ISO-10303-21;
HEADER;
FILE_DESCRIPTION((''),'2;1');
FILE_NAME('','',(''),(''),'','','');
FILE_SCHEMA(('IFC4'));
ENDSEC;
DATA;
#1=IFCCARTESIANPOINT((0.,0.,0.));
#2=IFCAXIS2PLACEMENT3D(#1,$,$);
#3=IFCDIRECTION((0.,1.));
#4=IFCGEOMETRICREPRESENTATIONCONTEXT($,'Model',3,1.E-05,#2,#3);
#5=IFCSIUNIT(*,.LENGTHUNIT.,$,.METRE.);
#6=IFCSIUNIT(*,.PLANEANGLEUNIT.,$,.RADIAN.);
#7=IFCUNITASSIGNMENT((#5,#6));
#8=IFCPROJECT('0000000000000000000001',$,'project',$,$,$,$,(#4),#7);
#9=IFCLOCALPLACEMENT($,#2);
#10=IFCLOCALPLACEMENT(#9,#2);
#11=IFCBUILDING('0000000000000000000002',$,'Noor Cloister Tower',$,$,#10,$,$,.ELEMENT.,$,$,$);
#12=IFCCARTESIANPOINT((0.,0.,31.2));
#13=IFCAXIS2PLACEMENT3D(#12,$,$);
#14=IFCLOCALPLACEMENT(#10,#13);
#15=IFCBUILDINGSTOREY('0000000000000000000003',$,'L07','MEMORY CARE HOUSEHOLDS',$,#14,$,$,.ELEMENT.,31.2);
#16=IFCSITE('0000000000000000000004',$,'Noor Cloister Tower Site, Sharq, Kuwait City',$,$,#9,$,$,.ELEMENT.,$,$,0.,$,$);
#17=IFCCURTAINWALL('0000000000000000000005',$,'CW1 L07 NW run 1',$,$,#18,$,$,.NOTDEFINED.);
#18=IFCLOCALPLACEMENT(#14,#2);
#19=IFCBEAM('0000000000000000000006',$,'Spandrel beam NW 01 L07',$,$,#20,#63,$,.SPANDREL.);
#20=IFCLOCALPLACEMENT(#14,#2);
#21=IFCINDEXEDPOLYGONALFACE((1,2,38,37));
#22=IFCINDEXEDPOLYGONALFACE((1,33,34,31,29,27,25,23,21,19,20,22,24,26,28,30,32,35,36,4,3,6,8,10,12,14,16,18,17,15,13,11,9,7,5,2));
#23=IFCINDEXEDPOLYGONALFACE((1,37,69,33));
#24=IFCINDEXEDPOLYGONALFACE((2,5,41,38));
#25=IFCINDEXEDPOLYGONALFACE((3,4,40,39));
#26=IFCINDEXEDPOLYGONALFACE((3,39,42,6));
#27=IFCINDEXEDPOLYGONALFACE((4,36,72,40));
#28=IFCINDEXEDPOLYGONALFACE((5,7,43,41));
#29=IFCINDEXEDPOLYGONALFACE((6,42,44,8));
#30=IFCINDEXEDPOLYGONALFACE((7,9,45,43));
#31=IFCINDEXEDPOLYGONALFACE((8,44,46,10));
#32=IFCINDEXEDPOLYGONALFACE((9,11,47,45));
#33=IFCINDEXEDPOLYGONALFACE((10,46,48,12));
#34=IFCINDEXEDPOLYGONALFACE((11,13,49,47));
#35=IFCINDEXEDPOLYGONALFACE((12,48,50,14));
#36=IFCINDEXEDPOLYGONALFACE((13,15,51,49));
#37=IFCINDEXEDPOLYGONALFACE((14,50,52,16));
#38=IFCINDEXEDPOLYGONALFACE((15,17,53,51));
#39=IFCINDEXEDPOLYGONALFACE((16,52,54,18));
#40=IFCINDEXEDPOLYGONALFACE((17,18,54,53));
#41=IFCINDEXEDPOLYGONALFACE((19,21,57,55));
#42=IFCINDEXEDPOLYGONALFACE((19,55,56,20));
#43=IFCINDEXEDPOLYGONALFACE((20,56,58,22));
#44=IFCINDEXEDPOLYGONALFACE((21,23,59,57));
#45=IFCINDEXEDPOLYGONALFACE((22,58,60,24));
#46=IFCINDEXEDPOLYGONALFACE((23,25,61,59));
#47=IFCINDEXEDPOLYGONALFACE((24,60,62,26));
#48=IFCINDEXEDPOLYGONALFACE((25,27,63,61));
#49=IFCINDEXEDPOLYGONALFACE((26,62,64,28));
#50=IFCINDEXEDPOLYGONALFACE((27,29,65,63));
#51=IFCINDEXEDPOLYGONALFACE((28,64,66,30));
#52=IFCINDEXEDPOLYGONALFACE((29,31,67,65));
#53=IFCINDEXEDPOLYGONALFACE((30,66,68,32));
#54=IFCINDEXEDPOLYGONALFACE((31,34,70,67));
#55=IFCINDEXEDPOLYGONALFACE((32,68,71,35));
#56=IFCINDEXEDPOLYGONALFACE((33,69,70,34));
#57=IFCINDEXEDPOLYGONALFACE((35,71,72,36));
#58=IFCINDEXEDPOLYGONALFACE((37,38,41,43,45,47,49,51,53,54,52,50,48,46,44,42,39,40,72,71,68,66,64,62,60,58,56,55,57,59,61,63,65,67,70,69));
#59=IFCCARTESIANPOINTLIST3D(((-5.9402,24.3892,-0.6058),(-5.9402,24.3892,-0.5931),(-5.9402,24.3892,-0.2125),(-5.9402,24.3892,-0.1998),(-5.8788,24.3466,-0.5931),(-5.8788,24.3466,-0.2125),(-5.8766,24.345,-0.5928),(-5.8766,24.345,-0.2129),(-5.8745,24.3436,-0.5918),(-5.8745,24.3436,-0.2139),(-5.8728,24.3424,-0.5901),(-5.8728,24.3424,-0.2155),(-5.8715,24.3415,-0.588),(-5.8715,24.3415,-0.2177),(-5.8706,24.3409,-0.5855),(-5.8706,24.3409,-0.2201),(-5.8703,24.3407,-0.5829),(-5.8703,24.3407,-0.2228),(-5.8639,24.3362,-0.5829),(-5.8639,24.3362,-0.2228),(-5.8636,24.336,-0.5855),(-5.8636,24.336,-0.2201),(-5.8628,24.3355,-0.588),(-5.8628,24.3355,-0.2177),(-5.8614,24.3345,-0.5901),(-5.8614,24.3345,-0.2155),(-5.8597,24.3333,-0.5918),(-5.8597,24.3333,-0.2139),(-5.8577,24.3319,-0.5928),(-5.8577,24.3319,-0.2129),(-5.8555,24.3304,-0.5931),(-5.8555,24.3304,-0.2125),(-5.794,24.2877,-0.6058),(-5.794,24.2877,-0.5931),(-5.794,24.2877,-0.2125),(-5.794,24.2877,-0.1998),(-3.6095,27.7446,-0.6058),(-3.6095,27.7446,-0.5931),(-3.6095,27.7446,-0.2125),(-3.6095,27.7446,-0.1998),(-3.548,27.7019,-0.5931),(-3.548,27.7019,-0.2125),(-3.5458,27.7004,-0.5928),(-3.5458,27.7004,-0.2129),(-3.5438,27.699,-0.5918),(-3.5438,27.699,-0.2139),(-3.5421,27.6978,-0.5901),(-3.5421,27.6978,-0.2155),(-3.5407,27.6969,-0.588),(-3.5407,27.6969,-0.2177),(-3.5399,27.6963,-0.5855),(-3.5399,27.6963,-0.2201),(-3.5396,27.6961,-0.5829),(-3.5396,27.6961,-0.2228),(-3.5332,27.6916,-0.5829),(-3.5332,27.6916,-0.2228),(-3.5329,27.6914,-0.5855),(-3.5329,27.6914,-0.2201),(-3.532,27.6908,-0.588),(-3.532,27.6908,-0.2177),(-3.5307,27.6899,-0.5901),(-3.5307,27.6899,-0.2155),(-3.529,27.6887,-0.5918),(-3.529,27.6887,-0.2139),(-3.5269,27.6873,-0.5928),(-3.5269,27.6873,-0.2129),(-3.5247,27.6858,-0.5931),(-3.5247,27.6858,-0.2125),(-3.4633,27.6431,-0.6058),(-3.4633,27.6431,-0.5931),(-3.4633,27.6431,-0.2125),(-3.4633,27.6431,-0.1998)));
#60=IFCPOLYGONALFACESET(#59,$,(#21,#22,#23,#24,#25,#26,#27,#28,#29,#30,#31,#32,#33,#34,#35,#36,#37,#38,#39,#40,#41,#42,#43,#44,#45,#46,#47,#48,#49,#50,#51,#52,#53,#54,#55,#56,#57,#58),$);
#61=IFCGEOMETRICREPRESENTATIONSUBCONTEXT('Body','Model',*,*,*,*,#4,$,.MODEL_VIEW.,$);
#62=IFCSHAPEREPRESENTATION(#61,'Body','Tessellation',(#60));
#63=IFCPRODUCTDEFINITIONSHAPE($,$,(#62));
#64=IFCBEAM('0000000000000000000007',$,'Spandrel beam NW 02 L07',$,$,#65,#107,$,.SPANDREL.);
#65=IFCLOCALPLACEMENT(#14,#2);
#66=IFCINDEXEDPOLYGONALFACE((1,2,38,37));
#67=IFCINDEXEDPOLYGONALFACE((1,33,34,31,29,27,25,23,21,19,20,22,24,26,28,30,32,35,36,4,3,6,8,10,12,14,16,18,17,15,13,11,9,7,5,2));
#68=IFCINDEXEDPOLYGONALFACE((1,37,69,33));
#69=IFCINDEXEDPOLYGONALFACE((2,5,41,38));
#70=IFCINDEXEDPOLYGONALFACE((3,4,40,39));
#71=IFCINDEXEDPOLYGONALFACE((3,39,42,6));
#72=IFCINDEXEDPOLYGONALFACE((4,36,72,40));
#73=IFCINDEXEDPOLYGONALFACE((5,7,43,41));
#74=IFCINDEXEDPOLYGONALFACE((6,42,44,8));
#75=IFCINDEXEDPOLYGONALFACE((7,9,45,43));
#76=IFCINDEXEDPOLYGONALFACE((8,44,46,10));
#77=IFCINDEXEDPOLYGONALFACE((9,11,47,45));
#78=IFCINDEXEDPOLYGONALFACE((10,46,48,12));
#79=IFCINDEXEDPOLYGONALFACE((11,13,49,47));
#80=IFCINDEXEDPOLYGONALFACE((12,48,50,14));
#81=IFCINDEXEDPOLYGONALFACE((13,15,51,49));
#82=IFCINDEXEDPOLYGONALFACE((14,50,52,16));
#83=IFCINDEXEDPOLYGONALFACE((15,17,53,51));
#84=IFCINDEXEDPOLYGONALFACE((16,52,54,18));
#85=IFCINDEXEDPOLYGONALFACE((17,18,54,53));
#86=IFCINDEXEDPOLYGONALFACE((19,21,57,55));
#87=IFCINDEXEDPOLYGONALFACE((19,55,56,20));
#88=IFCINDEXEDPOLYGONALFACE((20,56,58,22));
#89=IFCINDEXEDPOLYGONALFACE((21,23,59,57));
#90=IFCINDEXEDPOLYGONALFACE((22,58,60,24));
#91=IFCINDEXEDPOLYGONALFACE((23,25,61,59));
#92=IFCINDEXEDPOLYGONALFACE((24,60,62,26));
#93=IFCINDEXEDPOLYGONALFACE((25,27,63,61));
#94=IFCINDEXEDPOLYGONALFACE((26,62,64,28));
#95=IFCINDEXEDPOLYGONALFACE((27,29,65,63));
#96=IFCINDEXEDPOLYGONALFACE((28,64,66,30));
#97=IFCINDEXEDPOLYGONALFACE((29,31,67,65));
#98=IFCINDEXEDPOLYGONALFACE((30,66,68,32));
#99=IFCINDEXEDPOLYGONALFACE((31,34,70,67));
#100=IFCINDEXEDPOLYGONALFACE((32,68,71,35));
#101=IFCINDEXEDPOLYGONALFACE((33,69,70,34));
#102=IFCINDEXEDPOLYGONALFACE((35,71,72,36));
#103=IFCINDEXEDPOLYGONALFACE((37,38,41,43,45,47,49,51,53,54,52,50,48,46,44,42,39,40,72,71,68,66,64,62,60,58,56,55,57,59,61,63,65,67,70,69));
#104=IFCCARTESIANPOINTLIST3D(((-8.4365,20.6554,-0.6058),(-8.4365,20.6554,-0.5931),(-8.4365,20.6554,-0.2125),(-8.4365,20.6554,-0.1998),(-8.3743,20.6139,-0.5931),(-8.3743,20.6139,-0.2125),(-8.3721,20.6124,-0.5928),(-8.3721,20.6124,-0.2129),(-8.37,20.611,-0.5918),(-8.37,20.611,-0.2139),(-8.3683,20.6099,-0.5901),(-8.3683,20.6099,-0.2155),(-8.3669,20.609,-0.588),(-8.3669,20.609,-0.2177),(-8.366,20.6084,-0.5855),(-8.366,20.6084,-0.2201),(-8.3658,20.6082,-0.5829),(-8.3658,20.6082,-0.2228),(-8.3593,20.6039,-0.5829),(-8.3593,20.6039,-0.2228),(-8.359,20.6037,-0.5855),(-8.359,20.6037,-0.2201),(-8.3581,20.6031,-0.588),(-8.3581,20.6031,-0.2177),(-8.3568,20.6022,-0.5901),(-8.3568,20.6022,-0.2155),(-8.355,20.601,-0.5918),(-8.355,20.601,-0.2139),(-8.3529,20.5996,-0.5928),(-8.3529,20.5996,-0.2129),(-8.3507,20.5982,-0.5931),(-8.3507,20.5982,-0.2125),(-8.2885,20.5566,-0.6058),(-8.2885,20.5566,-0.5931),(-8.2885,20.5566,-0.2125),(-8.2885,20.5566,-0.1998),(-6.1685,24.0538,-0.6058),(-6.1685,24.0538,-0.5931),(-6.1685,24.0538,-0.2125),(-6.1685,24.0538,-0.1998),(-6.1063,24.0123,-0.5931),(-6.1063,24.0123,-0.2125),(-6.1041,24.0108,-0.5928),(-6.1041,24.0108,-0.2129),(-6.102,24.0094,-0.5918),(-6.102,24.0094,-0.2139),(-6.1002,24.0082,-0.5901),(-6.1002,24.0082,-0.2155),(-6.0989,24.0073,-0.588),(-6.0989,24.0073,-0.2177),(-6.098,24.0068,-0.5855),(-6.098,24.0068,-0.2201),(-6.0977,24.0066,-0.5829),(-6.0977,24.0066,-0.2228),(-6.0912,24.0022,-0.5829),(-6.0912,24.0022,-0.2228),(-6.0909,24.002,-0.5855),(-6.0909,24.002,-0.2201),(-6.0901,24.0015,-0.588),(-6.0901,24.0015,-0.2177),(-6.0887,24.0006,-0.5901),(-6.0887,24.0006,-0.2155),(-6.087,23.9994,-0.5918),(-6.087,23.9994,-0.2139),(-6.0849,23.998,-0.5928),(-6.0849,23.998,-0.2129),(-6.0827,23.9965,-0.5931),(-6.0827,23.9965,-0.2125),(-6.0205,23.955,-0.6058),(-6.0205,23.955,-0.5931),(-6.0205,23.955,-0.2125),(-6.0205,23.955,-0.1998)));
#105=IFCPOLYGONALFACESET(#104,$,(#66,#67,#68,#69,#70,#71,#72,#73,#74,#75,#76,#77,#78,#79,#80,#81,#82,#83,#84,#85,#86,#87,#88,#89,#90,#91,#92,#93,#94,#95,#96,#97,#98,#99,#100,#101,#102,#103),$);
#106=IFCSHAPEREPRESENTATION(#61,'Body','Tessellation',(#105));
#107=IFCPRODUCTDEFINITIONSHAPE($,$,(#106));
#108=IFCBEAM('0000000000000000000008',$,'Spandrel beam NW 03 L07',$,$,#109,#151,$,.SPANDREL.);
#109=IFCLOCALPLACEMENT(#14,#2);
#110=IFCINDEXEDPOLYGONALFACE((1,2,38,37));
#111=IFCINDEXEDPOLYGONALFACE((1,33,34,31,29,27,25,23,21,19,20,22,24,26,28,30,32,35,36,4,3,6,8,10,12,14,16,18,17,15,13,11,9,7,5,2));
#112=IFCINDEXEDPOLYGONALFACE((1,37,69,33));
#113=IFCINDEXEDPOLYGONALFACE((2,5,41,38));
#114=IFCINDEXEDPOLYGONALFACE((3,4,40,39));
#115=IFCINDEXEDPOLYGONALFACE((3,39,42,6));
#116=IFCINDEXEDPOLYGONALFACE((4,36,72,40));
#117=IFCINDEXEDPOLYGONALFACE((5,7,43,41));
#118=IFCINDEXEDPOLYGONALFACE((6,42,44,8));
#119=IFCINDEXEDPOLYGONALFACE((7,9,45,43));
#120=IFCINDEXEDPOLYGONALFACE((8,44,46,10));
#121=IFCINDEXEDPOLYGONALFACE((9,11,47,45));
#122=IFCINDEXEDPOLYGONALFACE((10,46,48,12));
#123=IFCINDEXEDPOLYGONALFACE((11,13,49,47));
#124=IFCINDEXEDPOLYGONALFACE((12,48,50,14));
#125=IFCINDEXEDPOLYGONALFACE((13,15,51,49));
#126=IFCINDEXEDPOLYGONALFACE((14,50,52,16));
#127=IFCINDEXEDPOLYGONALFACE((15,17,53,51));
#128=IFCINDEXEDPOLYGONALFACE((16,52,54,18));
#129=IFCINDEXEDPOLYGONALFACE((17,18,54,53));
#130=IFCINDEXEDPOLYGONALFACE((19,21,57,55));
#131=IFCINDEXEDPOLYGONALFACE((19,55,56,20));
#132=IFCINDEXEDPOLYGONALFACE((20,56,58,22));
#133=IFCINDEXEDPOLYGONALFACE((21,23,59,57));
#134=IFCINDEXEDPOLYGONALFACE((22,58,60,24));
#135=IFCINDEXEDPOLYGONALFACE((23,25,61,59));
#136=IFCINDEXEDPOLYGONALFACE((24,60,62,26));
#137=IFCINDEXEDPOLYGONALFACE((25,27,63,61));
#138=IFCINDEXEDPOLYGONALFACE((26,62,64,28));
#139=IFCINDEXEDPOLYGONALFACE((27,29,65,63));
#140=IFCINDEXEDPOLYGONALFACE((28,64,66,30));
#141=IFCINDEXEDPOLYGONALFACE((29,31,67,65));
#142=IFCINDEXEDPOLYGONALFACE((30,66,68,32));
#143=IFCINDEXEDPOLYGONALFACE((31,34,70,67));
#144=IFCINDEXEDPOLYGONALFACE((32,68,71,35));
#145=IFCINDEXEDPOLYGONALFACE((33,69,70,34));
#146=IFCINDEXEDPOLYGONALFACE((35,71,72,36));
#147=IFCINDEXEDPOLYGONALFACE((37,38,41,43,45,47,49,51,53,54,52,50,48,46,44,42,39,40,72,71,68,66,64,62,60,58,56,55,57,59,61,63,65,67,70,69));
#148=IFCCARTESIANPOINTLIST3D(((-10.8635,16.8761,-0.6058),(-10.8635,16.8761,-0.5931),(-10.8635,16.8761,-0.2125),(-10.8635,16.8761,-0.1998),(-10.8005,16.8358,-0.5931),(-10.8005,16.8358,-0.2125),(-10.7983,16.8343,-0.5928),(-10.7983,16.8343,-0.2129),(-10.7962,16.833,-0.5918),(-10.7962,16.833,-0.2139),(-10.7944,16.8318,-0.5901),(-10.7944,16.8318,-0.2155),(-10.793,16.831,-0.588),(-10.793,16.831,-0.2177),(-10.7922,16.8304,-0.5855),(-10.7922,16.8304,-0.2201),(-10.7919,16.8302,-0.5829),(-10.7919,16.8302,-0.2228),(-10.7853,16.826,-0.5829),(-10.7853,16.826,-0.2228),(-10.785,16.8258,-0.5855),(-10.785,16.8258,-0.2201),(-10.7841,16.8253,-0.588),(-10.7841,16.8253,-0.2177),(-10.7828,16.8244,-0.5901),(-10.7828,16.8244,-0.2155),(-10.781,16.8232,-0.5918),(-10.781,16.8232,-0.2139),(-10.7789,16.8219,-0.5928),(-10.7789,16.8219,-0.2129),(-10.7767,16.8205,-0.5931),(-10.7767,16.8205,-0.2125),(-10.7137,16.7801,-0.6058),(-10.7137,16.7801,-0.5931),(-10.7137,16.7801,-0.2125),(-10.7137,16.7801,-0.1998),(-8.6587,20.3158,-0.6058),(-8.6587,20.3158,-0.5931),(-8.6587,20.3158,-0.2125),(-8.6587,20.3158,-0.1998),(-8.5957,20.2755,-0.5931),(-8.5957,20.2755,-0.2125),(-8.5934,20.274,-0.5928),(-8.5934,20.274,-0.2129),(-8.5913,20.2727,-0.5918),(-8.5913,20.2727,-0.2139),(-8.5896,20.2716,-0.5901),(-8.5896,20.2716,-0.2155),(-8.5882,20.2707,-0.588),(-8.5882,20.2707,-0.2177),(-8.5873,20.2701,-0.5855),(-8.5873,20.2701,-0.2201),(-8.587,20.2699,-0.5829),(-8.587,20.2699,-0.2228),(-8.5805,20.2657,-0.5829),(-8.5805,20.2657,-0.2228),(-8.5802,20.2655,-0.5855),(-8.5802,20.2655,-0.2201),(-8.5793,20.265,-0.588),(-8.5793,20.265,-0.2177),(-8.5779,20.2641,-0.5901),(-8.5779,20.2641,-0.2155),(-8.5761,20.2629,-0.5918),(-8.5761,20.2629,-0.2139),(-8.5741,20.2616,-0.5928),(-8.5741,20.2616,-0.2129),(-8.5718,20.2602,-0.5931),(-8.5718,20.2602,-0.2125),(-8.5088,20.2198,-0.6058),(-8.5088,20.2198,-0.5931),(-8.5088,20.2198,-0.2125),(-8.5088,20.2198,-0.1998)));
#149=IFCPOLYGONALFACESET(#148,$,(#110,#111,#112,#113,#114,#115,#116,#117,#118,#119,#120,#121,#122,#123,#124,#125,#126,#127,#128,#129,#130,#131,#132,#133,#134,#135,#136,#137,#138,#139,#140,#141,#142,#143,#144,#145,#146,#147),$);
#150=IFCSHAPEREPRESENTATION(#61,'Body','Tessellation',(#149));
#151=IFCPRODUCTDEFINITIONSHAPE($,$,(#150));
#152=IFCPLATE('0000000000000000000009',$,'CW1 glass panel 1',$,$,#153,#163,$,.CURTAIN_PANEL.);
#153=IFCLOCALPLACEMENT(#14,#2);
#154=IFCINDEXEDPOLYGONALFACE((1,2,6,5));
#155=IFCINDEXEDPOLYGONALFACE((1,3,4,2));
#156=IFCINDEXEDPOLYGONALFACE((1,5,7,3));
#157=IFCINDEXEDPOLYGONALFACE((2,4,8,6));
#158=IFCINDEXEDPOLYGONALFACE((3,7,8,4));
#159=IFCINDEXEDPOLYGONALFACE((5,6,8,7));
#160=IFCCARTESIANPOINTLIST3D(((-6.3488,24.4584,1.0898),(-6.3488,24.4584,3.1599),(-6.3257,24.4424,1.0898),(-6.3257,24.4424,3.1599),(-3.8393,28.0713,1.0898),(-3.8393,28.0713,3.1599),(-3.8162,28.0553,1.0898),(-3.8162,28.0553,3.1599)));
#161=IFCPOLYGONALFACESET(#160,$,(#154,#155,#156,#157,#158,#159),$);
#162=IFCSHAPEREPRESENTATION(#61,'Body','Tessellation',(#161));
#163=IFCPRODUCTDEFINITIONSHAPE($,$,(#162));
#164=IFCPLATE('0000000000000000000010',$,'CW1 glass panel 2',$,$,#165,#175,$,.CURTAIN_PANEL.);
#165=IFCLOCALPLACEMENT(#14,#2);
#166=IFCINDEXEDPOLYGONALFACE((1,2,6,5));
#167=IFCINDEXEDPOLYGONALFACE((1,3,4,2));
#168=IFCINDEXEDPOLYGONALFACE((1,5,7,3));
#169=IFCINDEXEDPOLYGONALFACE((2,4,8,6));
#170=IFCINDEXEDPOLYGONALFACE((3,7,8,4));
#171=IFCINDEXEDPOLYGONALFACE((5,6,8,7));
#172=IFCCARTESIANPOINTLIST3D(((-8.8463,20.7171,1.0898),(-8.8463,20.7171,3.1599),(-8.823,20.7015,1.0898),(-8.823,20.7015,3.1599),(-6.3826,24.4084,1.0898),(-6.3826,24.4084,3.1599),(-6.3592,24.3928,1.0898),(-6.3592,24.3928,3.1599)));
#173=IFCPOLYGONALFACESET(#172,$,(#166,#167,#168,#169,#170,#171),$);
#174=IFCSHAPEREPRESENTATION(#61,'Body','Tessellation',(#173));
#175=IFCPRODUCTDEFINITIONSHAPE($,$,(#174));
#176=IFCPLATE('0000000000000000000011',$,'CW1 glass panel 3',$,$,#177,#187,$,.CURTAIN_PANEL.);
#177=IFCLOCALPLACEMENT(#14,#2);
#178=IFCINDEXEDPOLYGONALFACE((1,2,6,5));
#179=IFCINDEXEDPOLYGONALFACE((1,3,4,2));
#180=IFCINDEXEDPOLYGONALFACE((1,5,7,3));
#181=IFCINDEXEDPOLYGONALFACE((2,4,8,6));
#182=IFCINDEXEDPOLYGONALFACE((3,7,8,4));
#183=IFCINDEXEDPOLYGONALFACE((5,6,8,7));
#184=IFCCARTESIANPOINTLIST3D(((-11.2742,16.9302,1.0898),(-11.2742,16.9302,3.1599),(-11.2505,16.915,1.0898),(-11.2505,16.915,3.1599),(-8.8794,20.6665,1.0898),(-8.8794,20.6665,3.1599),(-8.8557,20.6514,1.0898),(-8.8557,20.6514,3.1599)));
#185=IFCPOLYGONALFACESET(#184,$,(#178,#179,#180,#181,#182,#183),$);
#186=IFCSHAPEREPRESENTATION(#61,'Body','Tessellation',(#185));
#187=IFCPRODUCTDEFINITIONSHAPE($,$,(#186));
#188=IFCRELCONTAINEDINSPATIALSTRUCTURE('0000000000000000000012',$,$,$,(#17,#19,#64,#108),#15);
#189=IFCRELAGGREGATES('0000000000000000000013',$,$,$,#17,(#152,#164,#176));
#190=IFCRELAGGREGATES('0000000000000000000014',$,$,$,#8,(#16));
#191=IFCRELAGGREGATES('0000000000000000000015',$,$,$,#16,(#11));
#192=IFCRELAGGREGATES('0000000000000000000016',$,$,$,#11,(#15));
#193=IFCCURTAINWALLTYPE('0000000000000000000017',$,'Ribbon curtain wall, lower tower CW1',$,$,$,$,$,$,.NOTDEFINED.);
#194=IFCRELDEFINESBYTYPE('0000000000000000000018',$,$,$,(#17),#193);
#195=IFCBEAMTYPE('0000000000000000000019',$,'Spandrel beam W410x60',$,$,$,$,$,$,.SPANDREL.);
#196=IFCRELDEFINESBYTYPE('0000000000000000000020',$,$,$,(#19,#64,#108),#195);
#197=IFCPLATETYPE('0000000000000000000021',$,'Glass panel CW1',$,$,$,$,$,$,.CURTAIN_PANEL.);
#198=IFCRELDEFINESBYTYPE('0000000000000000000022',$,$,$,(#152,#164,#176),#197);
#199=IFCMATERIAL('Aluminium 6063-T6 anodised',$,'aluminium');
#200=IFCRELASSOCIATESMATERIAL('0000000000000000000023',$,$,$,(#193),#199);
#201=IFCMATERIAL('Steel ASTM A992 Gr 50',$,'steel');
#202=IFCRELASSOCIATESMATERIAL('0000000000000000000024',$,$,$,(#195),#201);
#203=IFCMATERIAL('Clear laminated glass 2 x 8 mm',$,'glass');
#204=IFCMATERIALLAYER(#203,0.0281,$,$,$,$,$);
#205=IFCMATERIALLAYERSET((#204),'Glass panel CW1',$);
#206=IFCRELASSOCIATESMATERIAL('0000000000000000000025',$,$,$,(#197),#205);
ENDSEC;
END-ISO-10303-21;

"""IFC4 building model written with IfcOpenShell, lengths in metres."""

from ifc_helpers import new_model, si_unit, direction, frame, origin, origin_2d, place, context, subcontext, project, spatial, rectangle, i_section, extrude, material, layer, layer_set, material_profile, profile_set, type_object, element, aggregate, save


model = new_model("IFC4")

# Units and contexts
model_context = context("Model", 3, precision=1e-05, world=origin(), true_north=direction((0.0, 1.0)))
body_context = subcontext(model_context, "Body", "Model", "MODEL_VIEW")
ifc_project = project(units=[si_unit("LENGTHUNIT", "METRE"), si_unit("PLANEANGLEUNIT", "RADIAN")], contexts=[model_context])

# Site, building, storey
site_placement = place(None, origin())
site = spatial("IfcSite", under=ifc_project, at=site_placement, Name="Noor Cloister Tower Site, Sharq, Kuwait City", CompositionType="ELEMENT", RefElevation=0.0)
building_placement = place(site_placement, origin())
building = spatial("IfcBuilding", under=site, at=building_placement, Name="Noor Cloister Tower", CompositionType="ELEMENT")
storey_placement = place(building_placement, frame((0.0, 0.0, 31.2)))
storey = spatial("IfcBuildingStorey", under=building, at=storey_placement, Name="L07", Description="MEMORY CARE HOUSEHOLDS", CompositionType="ELEMENT", Elevation=31.2)

# Curtain wall
ifc_material_1 = material(Name="Aluminium 6063-T6 anodised", Category="aluminium")
curtain_wall_type = type_object("IfcCurtainWallType", Name="Ribbon curtain wall, lower tower CW1", PredefinedType="NOTDEFINED", material=ifc_material_1)
curtain_wall_placement = place(storey_placement, origin())
curtain_wall = element("IfcCurtainWall", 1, at=curtain_wall_placement, inside=storey, type_object=curtain_wall_type, Name="CW1 L07 NW run 1", PredefinedType="NOTDEFINED")

# Beams
ifc_material_2 = material(Name="Steel ASTM A992 Gr 50", Category="steel")
ifc_material_profile_1 = material_profile(ifc_material_2, i_section(OverallWidth=0.178, OverallDepth=0.406, WebThickness=0.0078, FlangeThickness=0.0127, FilletRadius=0.0103, at=origin_2d()), Name="W410x60")
ifc_profile_set_1 = profile_set([ifc_material_profile_1], Name="Steel ASTM A992 Gr 50")
beam_type_1 = type_object("IfcBeamType", Name="Spandrel beam W410x60", PredefinedType="SPANDREL", material=ifc_profile_set_1)
beam_1_placement = place(storey_placement, frame((-3.5364, 27.6938, -0.4028), z_axis=(-0.570499, -0.821298, 0.0), x_axis=(0.821298, -0.570499, 0.0)))
element("IfcBeam", 2, at=beam_1_placement, inside=storey, type_object=beam_type_1, Name="Spandrel beam NW 01 L07", PredefinedType="SPANDREL", context=body_context, shape_type="SweptSolid", body=[
    extrude(i_section(OverallWidth=0.178, OverallDepth=0.406, WebThickness=0.0078, FlangeThickness=0.0127, FilletRadius=0.0103, at=origin_2d()), origin(), (0.0, 0.0, 1.0), 4.0854),
])
for number, where, z_axis, x_axis, name in (
    (3, (-6.0945, 24.0044, -0.4028), (-0.555114, -0.831774, 0.0), (0.831774, -0.555114, 0.0), "Spandrel beam NW 02 L07"),
    (4, (-8.5837, 20.2678, -0.4028), (-0.539649, -0.84189, 0.0), (0.84189, -0.539649, 0.0), "Spandrel beam NW 03 L07"),
):
    element("IfcBeam", number, at=place(storey_placement, frame(where, z_axis=z_axis, x_axis=x_axis)), inside=storey, type_object=beam_type_1, Name=name, PredefinedType="SPANDREL", context=body_context, shape_type="SweptSolid", body=[
        extrude(i_section(OverallWidth=0.178, OverallDepth=0.406, WebThickness=0.0078, FlangeThickness=0.0127, FilletRadius=0.0103, at=origin_2d()), origin(), (0.0, 0.0, 1.0), 4.0857),
    ])

# Plates
ifc_material_3 = material(Name="Clear laminated glass 2 x 8 mm", Category="glass")
ifc_layer = layer(ifc_material_3, 0.0281)
ifc_layer_set = layer_set([ifc_layer], Name="Glass panel CW1")
plate_type = type_object("IfcPlateType", Name="Glass panel CW1", PredefinedType="CURTAIN_PANEL", material=ifc_layer_set)
plate_1_placement = place(storey_placement, frame((-5.0825, 26.2568, 1.0898), z_axis=(0.0, 0.0, 1.0), x_axis=(-0.570481, -0.821311, 0.0)))
plate_1 = element("IfcPlate", 5, at=plate_1_placement, type_object=plate_type, Name="CW1 glass panel 1", PredefinedType="CURTAIN_PANEL", context=body_context, shape_type="SweptSolid", body=[
    extrude(rectangle(XDim=4.3989, YDim=0.0281, at=origin_2d()), origin(), (0.0, 0.0, 1.0), 2.0701),
])
plate_2_placement = place(storey_placement, frame((-7.6028, 22.5549, 1.0898), z_axis=(0.0, 0.0, 1.0), x_axis=(-0.555145, -0.831754, 0.0)))
plate_2 = element("IfcPlate", 6, at=plate_2_placement, type_object=plate_type, Name="CW1 glass panel 2", PredefinedType="CURTAIN_PANEL", context=body_context, shape_type="SweptSolid", body=[
    extrude(rectangle(XDim=4.438, YDim=0.0281, at=origin_2d()), origin(), (0.0, 0.0, 1.0), 2.0701),
])
plate_3_placement = place(storey_placement, frame((-10.0649, 18.7908, 1.0898), z_axis=(0.0, 0.0, 1.0), x_axis=(-0.539618, -0.84191, 0.0)))
plate_3 = element("IfcPlate", 7, at=plate_3_placement, type_object=plate_type, Name="CW1 glass panel 3", PredefinedType="CURTAIN_PANEL", context=body_context, shape_type="SweptSolid", body=[
    extrude(rectangle(XDim=4.438, YDim=0.0281, at=origin_2d()), origin(), (0.0, 0.0, 1.0), 2.0701),
])
aggregate(curtain_wall, [plate_1, plate_2, plate_3])

save(model, "model.ifc")
